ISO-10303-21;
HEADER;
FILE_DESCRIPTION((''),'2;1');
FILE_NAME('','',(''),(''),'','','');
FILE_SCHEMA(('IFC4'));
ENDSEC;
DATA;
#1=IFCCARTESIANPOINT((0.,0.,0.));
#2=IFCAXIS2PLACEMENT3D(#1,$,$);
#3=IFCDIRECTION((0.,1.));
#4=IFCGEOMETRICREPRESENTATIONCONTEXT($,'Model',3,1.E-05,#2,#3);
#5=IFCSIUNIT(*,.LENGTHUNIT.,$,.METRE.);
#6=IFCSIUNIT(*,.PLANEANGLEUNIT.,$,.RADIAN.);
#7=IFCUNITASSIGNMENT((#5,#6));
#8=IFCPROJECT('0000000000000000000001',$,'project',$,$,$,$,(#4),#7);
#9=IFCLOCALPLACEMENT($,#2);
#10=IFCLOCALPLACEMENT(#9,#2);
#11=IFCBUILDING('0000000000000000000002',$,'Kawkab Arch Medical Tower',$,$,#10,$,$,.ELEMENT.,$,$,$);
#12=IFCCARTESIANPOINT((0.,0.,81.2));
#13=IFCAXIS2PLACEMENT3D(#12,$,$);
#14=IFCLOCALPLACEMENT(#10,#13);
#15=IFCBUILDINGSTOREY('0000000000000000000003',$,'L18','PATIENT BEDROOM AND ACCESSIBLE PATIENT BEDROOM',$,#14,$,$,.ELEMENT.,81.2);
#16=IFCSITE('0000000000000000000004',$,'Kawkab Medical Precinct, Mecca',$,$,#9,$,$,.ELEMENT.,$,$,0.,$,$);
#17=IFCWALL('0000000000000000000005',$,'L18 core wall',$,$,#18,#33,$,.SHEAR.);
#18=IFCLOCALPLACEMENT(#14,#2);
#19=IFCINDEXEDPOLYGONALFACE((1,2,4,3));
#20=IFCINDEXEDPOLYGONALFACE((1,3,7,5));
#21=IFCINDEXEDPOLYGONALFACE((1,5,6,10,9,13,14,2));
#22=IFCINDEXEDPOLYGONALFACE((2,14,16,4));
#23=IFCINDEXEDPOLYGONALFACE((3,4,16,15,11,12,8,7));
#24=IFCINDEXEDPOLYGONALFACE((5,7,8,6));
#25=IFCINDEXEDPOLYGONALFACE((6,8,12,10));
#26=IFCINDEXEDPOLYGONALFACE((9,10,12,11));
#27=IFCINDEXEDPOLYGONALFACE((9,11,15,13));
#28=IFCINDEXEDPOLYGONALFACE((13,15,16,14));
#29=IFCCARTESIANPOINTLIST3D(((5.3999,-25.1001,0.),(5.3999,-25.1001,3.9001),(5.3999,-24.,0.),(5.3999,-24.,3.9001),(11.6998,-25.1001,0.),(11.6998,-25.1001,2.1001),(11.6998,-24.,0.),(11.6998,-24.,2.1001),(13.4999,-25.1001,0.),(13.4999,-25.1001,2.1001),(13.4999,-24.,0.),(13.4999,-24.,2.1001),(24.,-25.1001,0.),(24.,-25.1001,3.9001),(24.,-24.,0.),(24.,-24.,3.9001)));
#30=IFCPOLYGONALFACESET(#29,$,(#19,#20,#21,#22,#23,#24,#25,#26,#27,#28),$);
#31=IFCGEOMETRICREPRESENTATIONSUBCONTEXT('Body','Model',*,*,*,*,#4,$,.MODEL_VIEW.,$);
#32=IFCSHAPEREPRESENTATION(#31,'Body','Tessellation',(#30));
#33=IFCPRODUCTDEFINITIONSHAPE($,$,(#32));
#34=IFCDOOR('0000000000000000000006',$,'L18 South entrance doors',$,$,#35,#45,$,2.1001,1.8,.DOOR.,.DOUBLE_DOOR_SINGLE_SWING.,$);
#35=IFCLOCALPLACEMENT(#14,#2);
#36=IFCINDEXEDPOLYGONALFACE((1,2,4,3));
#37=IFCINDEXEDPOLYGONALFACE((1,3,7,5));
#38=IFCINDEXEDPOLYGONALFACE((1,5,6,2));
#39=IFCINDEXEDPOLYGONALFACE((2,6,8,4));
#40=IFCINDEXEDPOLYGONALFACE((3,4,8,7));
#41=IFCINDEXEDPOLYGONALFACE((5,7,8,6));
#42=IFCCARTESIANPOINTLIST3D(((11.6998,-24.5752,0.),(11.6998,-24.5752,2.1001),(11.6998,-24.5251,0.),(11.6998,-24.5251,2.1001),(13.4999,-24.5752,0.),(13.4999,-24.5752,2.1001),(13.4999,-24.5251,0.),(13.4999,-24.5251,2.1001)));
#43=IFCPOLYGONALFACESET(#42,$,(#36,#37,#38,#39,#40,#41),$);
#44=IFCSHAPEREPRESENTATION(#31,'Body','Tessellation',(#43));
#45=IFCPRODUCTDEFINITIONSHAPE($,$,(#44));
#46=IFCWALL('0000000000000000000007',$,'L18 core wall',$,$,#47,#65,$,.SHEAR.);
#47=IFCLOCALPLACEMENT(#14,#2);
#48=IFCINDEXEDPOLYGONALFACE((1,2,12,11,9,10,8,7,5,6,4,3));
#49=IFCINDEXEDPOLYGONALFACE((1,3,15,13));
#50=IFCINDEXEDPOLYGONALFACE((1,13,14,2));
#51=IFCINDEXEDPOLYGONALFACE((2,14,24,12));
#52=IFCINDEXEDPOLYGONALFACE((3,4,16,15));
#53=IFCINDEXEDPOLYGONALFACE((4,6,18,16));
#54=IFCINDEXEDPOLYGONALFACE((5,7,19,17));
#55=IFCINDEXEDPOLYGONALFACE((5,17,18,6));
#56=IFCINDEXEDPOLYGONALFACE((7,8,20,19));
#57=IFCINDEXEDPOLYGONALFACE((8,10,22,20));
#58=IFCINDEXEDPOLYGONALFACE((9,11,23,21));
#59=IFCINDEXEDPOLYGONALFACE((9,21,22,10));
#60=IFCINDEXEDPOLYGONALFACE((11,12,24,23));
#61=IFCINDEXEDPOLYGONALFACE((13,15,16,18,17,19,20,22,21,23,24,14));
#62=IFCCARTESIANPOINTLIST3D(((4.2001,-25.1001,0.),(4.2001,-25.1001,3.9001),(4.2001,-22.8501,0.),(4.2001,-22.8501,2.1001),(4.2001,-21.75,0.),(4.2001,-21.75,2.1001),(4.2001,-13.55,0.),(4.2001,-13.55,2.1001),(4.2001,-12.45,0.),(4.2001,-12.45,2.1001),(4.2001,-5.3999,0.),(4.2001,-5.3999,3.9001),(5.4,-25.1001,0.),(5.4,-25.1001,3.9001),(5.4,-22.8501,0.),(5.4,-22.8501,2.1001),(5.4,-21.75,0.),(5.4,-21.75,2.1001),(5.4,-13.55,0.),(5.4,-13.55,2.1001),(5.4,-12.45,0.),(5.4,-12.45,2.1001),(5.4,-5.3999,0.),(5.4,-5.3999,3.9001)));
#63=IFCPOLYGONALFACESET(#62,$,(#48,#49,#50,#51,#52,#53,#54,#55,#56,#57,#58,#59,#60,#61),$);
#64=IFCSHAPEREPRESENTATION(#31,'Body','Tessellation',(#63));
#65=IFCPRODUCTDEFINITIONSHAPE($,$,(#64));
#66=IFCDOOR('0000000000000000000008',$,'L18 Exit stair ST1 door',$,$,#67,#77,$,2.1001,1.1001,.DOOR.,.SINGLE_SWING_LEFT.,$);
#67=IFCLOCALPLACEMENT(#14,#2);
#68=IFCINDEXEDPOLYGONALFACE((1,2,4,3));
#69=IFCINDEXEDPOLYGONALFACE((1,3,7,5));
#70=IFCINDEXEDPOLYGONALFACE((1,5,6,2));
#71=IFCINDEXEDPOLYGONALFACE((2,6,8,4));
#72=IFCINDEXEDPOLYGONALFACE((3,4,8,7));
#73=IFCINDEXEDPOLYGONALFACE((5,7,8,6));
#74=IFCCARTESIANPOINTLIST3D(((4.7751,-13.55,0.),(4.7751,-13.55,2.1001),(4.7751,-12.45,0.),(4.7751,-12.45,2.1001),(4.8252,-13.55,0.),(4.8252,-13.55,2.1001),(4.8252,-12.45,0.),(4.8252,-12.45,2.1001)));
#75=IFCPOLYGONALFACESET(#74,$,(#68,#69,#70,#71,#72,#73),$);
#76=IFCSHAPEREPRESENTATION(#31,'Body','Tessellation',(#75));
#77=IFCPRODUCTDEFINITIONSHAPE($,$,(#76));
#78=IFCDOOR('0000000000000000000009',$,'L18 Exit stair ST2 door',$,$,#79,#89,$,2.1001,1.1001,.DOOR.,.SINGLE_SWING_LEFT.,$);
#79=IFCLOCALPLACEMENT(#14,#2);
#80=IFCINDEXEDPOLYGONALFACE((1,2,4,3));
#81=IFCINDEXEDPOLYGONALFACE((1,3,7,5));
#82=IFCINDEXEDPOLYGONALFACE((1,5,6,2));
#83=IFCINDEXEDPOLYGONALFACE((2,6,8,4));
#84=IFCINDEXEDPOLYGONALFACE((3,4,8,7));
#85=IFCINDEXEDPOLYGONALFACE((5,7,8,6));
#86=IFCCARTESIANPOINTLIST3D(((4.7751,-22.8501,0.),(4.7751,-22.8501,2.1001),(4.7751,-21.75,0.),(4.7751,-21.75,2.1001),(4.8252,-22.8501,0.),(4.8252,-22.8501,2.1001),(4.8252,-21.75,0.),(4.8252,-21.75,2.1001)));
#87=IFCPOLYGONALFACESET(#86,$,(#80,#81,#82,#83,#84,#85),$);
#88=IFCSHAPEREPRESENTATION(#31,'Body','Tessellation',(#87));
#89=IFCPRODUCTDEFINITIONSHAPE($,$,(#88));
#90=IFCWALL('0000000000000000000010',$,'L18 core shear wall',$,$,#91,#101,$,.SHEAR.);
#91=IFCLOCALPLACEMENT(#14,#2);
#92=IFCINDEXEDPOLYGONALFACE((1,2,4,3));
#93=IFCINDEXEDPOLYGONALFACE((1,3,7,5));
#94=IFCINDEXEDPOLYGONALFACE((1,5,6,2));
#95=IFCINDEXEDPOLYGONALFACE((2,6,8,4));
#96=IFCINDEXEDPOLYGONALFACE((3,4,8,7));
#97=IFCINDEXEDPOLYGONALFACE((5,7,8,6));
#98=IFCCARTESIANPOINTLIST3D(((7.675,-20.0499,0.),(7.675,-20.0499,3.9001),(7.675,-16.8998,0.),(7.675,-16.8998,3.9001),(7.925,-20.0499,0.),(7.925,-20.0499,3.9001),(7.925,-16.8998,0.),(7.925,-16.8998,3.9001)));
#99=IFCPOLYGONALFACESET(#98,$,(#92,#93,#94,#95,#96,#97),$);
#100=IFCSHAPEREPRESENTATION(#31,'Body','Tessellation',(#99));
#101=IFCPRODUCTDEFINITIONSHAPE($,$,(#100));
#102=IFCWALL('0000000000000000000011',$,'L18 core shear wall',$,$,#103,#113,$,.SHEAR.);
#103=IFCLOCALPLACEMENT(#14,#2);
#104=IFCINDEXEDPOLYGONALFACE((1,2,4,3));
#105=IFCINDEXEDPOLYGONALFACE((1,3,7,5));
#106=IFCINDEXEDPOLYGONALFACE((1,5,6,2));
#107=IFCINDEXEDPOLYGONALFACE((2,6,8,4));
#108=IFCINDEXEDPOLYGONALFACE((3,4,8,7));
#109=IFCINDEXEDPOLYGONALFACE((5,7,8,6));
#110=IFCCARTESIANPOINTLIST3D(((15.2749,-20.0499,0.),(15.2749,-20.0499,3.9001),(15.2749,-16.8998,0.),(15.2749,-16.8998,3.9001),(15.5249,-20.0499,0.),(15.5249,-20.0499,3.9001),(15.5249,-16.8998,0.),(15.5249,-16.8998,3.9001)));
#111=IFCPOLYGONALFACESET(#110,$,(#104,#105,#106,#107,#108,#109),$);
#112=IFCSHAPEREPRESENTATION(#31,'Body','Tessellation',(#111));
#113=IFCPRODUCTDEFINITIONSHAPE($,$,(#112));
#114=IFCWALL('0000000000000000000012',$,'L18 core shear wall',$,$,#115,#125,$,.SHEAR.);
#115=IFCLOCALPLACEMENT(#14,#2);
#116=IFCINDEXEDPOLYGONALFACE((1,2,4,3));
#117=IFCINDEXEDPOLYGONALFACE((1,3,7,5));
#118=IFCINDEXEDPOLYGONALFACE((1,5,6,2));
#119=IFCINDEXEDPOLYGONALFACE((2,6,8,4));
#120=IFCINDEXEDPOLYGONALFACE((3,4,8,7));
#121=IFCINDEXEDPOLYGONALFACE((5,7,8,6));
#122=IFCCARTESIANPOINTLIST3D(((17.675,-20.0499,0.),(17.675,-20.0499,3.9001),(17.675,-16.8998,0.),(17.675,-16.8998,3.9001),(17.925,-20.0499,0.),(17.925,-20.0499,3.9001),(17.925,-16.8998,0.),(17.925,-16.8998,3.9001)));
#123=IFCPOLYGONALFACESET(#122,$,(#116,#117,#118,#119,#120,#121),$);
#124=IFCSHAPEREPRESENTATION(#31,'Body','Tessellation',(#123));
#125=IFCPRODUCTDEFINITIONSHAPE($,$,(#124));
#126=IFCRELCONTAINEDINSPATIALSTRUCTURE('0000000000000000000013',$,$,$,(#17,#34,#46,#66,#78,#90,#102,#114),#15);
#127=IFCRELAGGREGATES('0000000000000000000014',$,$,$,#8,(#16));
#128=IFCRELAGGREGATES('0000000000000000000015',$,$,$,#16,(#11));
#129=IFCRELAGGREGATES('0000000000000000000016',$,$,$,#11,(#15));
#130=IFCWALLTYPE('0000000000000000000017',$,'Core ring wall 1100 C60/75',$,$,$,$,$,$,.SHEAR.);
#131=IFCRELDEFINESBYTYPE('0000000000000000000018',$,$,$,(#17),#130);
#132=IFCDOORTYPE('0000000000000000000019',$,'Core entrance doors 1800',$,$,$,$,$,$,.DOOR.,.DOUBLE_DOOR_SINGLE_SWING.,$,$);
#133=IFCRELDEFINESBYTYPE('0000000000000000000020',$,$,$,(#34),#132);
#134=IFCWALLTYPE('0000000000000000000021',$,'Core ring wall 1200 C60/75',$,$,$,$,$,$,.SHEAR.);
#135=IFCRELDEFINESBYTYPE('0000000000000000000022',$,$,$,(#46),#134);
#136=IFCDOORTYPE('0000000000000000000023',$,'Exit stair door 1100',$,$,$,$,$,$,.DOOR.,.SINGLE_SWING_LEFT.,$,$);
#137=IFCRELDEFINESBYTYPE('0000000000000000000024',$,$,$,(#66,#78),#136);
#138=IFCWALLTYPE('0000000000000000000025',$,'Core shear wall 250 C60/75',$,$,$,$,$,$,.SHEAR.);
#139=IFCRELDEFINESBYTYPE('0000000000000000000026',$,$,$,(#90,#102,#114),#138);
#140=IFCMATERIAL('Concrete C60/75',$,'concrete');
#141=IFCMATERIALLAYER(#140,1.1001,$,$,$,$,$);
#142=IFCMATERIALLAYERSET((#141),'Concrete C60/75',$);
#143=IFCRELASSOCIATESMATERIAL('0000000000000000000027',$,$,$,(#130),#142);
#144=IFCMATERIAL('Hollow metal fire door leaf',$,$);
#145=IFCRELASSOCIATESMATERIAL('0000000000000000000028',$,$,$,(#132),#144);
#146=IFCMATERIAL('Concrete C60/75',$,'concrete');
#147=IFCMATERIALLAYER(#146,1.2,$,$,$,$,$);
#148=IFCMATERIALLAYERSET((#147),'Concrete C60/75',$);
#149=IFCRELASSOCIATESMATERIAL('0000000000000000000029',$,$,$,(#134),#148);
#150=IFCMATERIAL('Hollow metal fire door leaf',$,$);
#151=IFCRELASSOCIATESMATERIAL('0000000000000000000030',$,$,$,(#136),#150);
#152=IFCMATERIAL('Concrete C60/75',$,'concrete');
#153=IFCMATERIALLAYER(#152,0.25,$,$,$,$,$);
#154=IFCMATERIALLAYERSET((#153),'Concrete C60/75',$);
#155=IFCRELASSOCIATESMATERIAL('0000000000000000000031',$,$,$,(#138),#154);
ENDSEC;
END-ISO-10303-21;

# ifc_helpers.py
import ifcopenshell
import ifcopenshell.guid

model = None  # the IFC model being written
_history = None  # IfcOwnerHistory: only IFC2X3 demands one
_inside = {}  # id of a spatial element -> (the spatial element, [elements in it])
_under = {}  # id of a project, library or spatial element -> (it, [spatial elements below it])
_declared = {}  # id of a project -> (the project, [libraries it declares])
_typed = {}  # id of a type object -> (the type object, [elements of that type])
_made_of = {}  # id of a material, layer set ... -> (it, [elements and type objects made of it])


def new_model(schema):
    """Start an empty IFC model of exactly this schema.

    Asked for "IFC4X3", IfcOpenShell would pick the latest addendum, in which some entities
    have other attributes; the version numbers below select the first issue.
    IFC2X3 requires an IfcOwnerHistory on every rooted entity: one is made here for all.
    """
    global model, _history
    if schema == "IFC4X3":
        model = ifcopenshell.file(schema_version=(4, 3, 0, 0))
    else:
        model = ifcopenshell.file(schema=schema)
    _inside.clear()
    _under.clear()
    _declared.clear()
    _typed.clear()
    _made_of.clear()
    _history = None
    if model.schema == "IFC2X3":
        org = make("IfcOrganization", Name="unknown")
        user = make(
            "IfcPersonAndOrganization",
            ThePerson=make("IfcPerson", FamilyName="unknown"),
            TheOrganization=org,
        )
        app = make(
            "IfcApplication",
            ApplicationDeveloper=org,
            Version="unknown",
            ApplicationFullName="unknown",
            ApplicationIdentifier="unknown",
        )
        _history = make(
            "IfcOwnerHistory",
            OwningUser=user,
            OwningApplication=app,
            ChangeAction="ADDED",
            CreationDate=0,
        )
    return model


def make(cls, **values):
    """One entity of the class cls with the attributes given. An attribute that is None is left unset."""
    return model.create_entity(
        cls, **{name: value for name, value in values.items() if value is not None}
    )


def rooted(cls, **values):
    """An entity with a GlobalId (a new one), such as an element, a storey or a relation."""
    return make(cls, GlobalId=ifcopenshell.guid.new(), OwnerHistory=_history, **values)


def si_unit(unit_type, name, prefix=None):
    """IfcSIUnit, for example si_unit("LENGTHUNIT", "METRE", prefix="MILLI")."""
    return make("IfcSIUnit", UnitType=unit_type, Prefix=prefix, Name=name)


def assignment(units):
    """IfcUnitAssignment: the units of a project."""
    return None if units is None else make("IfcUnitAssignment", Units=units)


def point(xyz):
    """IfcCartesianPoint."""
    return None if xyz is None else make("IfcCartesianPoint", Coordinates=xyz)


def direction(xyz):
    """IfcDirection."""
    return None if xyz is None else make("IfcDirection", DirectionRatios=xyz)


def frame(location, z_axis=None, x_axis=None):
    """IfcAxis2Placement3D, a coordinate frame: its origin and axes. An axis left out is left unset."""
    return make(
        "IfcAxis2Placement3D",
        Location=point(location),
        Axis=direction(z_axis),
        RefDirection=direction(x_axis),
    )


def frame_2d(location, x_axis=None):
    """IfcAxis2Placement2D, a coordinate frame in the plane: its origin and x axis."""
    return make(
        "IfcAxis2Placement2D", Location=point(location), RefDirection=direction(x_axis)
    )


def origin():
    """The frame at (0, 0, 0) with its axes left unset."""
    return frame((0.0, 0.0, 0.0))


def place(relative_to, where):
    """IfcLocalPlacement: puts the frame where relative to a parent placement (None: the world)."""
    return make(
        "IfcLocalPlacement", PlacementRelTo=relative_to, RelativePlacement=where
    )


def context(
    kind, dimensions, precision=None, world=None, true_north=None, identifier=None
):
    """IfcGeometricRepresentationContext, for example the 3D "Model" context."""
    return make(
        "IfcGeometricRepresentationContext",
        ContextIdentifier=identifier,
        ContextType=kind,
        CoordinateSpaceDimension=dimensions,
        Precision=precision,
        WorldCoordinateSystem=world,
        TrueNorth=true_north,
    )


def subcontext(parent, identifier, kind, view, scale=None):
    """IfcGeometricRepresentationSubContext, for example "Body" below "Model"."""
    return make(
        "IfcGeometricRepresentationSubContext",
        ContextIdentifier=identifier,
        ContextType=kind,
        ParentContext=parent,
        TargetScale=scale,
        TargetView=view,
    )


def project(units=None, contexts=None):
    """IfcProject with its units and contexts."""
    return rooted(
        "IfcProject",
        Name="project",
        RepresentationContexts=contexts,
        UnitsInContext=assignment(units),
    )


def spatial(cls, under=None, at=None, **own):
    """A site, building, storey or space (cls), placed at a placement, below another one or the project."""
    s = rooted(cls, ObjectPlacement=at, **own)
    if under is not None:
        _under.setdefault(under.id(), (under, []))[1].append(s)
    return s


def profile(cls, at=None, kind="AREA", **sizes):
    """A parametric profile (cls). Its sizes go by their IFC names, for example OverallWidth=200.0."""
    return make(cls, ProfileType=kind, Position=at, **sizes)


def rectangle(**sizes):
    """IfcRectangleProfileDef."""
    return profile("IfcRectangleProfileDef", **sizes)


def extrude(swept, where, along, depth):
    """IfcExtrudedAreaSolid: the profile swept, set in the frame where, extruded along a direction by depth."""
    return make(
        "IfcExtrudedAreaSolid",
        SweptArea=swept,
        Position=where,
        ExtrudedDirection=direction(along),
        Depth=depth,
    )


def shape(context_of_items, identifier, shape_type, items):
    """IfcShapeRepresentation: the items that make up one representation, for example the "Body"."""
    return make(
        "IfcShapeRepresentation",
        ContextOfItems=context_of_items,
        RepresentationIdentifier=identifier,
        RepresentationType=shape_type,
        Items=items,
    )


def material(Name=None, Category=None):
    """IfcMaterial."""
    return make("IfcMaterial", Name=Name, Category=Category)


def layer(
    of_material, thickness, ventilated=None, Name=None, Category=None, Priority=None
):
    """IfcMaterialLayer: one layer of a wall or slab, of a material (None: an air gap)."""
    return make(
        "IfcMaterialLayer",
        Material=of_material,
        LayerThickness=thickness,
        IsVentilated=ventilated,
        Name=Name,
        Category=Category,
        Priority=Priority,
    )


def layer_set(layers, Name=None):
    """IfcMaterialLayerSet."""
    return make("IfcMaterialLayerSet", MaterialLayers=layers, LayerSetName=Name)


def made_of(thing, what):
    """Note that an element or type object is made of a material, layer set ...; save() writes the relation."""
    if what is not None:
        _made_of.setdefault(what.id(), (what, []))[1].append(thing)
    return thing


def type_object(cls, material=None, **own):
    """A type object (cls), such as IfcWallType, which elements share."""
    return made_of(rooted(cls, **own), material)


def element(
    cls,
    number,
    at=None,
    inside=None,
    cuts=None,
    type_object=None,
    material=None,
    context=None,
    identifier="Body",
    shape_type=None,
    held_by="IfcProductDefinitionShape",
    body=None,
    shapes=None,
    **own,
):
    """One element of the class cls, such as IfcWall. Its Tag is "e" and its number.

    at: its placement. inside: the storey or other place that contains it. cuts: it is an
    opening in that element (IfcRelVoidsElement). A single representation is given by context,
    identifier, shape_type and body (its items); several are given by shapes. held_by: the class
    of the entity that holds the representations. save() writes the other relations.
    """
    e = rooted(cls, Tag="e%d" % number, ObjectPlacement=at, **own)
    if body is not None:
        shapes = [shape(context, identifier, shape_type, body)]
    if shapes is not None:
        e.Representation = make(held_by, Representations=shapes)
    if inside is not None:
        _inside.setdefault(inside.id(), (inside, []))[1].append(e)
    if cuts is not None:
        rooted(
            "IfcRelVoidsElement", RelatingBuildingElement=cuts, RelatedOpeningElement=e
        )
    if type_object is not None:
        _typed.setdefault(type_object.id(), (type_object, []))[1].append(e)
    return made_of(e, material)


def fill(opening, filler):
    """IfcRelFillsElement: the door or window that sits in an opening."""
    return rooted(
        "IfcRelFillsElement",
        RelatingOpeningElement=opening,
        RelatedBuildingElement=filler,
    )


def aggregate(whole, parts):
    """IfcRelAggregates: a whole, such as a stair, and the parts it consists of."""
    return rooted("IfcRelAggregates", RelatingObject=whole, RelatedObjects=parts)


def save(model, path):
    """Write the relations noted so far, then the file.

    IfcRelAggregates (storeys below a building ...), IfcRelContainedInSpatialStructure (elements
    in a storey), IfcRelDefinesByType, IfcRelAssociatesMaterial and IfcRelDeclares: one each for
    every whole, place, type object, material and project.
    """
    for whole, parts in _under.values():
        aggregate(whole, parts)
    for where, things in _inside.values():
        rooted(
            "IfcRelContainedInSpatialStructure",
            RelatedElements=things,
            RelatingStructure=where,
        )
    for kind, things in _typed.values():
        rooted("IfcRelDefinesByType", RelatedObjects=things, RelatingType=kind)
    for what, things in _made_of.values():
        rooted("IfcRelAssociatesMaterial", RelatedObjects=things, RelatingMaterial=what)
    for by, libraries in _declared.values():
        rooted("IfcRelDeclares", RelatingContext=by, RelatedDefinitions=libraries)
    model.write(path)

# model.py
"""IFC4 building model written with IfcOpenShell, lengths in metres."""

from ifc_helpers import new_model, si_unit, direction, frame, frame_2d, origin, place, context, subcontext, project, spatial, rectangle, extrude, material, layer, layer_set, type_object, element, fill, save


model = new_model("IFC4")

# Units and contexts
model_context = context("Model", 3, precision=1e-05, world=origin(), true_north=direction((0.0, 1.0)))
body_context = subcontext(model_context, "Body", "Model", "MODEL_VIEW")
ifc_project = project(units=[si_unit("LENGTHUNIT", "METRE"), si_unit("PLANEANGLEUNIT", "RADIAN")], contexts=[model_context])

# Site, building, storey
site_placement = place(None, origin())
site = spatial("IfcSite", under=ifc_project, at=site_placement, Name="Kawkab Medical Precinct, Mecca", CompositionType="ELEMENT", RefElevation=0.0)
building_placement = place(site_placement, origin())
building = spatial("IfcBuilding", under=site, at=building_placement, Name="Kawkab Arch Medical Tower", CompositionType="ELEMENT")
storey_placement = place(building_placement, frame((0.0, 0.0, 81.2)))
storey = spatial("IfcBuildingStorey", under=building, at=storey_placement, Name="L18", Description="PATIENT BEDROOM AND ACCESSIBLE PATIENT BEDROOM", CompositionType="ELEMENT", Elevation=81.2)

# Wall, opening, door
ifc_material_1 = material(Name="Concrete C60/75", Category="concrete")
ifc_layer_1 = layer(ifc_material_1, 1.1001)
ifc_layer_set_1 = layer_set([ifc_layer_1], Name="Concrete C60/75")
wall_type_1 = type_object("IfcWallType", Name="Core ring wall 1100 C60/75", PredefinedType="SHEAR", material=ifc_layer_set_1)
wall_1_placement = place(storey_placement, frame((5.3999, -24.55, 0.0), z_axis=(0.0, 0.0, 1.0), x_axis=(1.0, 0.0, 0.0)))
wall_1 = element("IfcWall", 1, at=wall_1_placement, inside=storey, type_object=wall_type_1, Name="L18 core wall", PredefinedType="SHEAR", context=body_context, shape_type="SweptSolid", body=[
    extrude(rectangle(XDim=18.6001, YDim=1.1001, at=frame_2d((9.3, 0.0))), origin(), (0.0, 0.0, 1.0), 3.9001),
])
opening_1_placement = place(wall_1_placement, frame((6.3, 0.0, 0.0)))
opening_1 = element("IfcOpeningElement", 2, at=opening_1_placement, cuts=wall_1, PredefinedType="OPENING", context=body_context, shape_type="SweptSolid", body=[
    extrude(rectangle(XDim=1.8, YDim=2.1001, at=frame_2d((0.8999, 1.05))), frame((0.0, 0.5601, 0.0), z_axis=(0.0, -1.0, 0.0), x_axis=(1.0, 0.0, 0.0)), (0.0, 0.0, 1.0), 1.1201),
])
ifc_material_2 = material(Name="Hollow metal fire door leaf")
door_type_1 = type_object("IfcDoorType", Name="Core entrance doors 1800", OperationType="DOUBLE_DOOR_SINGLE_SWING", PredefinedType="DOOR", material=ifc_material_2)
door_1_placement = place(opening_1_placement, origin())
door_1 = element("IfcDoor", 3, at=door_1_placement, inside=storey, type_object=door_type_1, Name="L18 South entrance doors", OperationType="DOUBLE_DOOR_SINGLE_SWING", OverallHeight=2.1001, OverallWidth=1.8, PredefinedType="DOOR", context=body_context, shape_type="SweptSolid", body=[
    extrude(rectangle(XDim=1.8, YDim=2.1001, at=frame_2d((0.8999, 1.05))), frame((0.0, 0.0249, 0.0), z_axis=(0.0, -1.0, 0.0), x_axis=(1.0, 0.0, 0.0)), (0.0, 0.0, 1.0), 0.05),
])
fill(opening_1, door_1)

# Wall, openings, doors
ifc_material_3 = material(Name="Concrete C60/75", Category="concrete")
ifc_layer_2 = layer(ifc_material_3, 1.2)
ifc_layer_set_2 = layer_set([ifc_layer_2], Name="Concrete C60/75")
wall_type_2 = type_object("IfcWallType", Name="Core ring wall 1200 C60/75", PredefinedType="SHEAR", material=ifc_layer_set_2)
wall_2_placement = place(storey_placement, frame((4.8, -25.1001, 0.0), z_axis=(0.0, 0.0, 1.0), x_axis=(0.0, 1.0, 0.0)))
wall_2 = element("IfcWall", 4, at=wall_2_placement, inside=storey, type_object=wall_type_2, Name="L18 core wall", PredefinedType="SHEAR", context=body_context, shape_type="SweptSolid", body=[
    extrude(rectangle(XDim=19.7002, YDim=1.2, at=frame_2d((9.8501, 0.0))), origin(), (0.0, 0.0, 1.0), 3.9001),
])
opening_2_placement = place(wall_2_placement, frame((11.55, 0.0, 0.0)))
opening_2 = element("IfcOpeningElement", 5, at=opening_2_placement, cuts=wall_2, PredefinedType="OPENING", context=body_context, shape_type="SweptSolid", body=[
    extrude(rectangle(XDim=1.1001, YDim=2.1001, at=frame_2d((0.55, 1.05))), frame((0.0, 0.6099, 0.0), z_axis=(0.0, -1.0, 0.0), x_axis=(1.0, 0.0, 0.0)), (0.0, 0.0, 1.0), 1.22),
])
opening_3_placement = place(wall_2_placement, frame((2.25, 0.0, 0.0)))
opening_3 = element("IfcOpeningElement", 6, at=opening_3_placement, cuts=wall_2, PredefinedType="OPENING", context=body_context, shape_type="SweptSolid", body=[
    extrude(rectangle(XDim=1.1001, YDim=2.1001, at=frame_2d((0.55, 1.05))), frame((0.0, 0.6099, 0.0), z_axis=(0.0, -1.0, 0.0), x_axis=(1.0, 0.0, 0.0)), (0.0, 0.0, 1.0), 1.22),
])
ifc_material_4 = material(Name="Hollow metal fire door leaf")
door_type_2 = type_object("IfcDoorType", Name="Exit stair door 1100", OperationType="SINGLE_SWING_LEFT", PredefinedType="DOOR", material=ifc_material_4)
door_2_placement = place(opening_2_placement, origin())
door_2 = element("IfcDoor", 7, at=door_2_placement, inside=storey, type_object=door_type_2, Name="L18 Exit stair ST1 door", OperationType="SINGLE_SWING_LEFT", OverallHeight=2.1001, OverallWidth=1.1001, PredefinedType="DOOR", context=body_context, shape_type="SweptSolid", body=[
    extrude(rectangle(XDim=1.1001, YDim=2.1001, at=frame_2d((0.55, 1.05))), frame((0.0, 0.0249, 0.0), z_axis=(0.0, -1.0, 0.0), x_axis=(1.0, 0.0, 0.0)), (0.0, 0.0, 1.0), 0.05),
])
fill(opening_2, door_2)
door_3_placement = place(opening_3_placement, origin())
door_3 = element("IfcDoor", 8, at=door_3_placement, inside=storey, type_object=door_type_2, Name="L18 Exit stair ST2 door", OperationType="SINGLE_SWING_LEFT", OverallHeight=2.1001, OverallWidth=1.1001, PredefinedType="DOOR", context=body_context, shape_type="SweptSolid", body=[
    extrude(rectangle(XDim=1.1001, YDim=2.1001, at=frame_2d((0.55, 1.05))), frame((0.0, 0.0249, 0.0), z_axis=(0.0, -1.0, 0.0), x_axis=(1.0, 0.0, 0.0)), (0.0, 0.0, 1.0), 0.05),
])
fill(opening_3, door_3)

# Walls
ifc_material_5 = material(Name="Concrete C60/75", Category="concrete")
ifc_layer_3 = layer(ifc_material_5, 0.25)
ifc_layer_set_3 = layer_set([ifc_layer_3], Name="Concrete C60/75")
wall_type_3 = type_object("IfcWallType", Name="Core shear wall 250 C60/75", PredefinedType="SHEAR", material=ifc_layer_set_3)
for number, where, z_axis, x_axis, name in (
    (9, (7.8, -20.05, 0.0), (0.0, 0.0, 1.0), (0.0, 1.0, 0.0), "L18 core shear wall"),
    (10, (15.3999, -20.05, 0.0), (0.0, 0.0, 1.0), (0.0, 1.0, 0.0), "L18 core shear wall"),
    (11, (17.8, -20.05, 0.0), (0.0, 0.0, 1.0), (0.0, 1.0, 0.0), "L18 core shear wall"),
):
    element("IfcWall", number, at=place(storey_placement, frame(where, z_axis=z_axis, x_axis=x_axis)), inside=storey, type_object=wall_type_3, Name=name, PredefinedType="SHEAR", context=body_context, shape_type="SweptSolid", body=[
        extrude(rectangle(XDim=3.1501, YDim=0.25, at=frame_2d((1.5752, 0.0))), origin(), (0.0, 0.0, 1.0), 3.9001),
    ])

save(model, "model.ifc")
